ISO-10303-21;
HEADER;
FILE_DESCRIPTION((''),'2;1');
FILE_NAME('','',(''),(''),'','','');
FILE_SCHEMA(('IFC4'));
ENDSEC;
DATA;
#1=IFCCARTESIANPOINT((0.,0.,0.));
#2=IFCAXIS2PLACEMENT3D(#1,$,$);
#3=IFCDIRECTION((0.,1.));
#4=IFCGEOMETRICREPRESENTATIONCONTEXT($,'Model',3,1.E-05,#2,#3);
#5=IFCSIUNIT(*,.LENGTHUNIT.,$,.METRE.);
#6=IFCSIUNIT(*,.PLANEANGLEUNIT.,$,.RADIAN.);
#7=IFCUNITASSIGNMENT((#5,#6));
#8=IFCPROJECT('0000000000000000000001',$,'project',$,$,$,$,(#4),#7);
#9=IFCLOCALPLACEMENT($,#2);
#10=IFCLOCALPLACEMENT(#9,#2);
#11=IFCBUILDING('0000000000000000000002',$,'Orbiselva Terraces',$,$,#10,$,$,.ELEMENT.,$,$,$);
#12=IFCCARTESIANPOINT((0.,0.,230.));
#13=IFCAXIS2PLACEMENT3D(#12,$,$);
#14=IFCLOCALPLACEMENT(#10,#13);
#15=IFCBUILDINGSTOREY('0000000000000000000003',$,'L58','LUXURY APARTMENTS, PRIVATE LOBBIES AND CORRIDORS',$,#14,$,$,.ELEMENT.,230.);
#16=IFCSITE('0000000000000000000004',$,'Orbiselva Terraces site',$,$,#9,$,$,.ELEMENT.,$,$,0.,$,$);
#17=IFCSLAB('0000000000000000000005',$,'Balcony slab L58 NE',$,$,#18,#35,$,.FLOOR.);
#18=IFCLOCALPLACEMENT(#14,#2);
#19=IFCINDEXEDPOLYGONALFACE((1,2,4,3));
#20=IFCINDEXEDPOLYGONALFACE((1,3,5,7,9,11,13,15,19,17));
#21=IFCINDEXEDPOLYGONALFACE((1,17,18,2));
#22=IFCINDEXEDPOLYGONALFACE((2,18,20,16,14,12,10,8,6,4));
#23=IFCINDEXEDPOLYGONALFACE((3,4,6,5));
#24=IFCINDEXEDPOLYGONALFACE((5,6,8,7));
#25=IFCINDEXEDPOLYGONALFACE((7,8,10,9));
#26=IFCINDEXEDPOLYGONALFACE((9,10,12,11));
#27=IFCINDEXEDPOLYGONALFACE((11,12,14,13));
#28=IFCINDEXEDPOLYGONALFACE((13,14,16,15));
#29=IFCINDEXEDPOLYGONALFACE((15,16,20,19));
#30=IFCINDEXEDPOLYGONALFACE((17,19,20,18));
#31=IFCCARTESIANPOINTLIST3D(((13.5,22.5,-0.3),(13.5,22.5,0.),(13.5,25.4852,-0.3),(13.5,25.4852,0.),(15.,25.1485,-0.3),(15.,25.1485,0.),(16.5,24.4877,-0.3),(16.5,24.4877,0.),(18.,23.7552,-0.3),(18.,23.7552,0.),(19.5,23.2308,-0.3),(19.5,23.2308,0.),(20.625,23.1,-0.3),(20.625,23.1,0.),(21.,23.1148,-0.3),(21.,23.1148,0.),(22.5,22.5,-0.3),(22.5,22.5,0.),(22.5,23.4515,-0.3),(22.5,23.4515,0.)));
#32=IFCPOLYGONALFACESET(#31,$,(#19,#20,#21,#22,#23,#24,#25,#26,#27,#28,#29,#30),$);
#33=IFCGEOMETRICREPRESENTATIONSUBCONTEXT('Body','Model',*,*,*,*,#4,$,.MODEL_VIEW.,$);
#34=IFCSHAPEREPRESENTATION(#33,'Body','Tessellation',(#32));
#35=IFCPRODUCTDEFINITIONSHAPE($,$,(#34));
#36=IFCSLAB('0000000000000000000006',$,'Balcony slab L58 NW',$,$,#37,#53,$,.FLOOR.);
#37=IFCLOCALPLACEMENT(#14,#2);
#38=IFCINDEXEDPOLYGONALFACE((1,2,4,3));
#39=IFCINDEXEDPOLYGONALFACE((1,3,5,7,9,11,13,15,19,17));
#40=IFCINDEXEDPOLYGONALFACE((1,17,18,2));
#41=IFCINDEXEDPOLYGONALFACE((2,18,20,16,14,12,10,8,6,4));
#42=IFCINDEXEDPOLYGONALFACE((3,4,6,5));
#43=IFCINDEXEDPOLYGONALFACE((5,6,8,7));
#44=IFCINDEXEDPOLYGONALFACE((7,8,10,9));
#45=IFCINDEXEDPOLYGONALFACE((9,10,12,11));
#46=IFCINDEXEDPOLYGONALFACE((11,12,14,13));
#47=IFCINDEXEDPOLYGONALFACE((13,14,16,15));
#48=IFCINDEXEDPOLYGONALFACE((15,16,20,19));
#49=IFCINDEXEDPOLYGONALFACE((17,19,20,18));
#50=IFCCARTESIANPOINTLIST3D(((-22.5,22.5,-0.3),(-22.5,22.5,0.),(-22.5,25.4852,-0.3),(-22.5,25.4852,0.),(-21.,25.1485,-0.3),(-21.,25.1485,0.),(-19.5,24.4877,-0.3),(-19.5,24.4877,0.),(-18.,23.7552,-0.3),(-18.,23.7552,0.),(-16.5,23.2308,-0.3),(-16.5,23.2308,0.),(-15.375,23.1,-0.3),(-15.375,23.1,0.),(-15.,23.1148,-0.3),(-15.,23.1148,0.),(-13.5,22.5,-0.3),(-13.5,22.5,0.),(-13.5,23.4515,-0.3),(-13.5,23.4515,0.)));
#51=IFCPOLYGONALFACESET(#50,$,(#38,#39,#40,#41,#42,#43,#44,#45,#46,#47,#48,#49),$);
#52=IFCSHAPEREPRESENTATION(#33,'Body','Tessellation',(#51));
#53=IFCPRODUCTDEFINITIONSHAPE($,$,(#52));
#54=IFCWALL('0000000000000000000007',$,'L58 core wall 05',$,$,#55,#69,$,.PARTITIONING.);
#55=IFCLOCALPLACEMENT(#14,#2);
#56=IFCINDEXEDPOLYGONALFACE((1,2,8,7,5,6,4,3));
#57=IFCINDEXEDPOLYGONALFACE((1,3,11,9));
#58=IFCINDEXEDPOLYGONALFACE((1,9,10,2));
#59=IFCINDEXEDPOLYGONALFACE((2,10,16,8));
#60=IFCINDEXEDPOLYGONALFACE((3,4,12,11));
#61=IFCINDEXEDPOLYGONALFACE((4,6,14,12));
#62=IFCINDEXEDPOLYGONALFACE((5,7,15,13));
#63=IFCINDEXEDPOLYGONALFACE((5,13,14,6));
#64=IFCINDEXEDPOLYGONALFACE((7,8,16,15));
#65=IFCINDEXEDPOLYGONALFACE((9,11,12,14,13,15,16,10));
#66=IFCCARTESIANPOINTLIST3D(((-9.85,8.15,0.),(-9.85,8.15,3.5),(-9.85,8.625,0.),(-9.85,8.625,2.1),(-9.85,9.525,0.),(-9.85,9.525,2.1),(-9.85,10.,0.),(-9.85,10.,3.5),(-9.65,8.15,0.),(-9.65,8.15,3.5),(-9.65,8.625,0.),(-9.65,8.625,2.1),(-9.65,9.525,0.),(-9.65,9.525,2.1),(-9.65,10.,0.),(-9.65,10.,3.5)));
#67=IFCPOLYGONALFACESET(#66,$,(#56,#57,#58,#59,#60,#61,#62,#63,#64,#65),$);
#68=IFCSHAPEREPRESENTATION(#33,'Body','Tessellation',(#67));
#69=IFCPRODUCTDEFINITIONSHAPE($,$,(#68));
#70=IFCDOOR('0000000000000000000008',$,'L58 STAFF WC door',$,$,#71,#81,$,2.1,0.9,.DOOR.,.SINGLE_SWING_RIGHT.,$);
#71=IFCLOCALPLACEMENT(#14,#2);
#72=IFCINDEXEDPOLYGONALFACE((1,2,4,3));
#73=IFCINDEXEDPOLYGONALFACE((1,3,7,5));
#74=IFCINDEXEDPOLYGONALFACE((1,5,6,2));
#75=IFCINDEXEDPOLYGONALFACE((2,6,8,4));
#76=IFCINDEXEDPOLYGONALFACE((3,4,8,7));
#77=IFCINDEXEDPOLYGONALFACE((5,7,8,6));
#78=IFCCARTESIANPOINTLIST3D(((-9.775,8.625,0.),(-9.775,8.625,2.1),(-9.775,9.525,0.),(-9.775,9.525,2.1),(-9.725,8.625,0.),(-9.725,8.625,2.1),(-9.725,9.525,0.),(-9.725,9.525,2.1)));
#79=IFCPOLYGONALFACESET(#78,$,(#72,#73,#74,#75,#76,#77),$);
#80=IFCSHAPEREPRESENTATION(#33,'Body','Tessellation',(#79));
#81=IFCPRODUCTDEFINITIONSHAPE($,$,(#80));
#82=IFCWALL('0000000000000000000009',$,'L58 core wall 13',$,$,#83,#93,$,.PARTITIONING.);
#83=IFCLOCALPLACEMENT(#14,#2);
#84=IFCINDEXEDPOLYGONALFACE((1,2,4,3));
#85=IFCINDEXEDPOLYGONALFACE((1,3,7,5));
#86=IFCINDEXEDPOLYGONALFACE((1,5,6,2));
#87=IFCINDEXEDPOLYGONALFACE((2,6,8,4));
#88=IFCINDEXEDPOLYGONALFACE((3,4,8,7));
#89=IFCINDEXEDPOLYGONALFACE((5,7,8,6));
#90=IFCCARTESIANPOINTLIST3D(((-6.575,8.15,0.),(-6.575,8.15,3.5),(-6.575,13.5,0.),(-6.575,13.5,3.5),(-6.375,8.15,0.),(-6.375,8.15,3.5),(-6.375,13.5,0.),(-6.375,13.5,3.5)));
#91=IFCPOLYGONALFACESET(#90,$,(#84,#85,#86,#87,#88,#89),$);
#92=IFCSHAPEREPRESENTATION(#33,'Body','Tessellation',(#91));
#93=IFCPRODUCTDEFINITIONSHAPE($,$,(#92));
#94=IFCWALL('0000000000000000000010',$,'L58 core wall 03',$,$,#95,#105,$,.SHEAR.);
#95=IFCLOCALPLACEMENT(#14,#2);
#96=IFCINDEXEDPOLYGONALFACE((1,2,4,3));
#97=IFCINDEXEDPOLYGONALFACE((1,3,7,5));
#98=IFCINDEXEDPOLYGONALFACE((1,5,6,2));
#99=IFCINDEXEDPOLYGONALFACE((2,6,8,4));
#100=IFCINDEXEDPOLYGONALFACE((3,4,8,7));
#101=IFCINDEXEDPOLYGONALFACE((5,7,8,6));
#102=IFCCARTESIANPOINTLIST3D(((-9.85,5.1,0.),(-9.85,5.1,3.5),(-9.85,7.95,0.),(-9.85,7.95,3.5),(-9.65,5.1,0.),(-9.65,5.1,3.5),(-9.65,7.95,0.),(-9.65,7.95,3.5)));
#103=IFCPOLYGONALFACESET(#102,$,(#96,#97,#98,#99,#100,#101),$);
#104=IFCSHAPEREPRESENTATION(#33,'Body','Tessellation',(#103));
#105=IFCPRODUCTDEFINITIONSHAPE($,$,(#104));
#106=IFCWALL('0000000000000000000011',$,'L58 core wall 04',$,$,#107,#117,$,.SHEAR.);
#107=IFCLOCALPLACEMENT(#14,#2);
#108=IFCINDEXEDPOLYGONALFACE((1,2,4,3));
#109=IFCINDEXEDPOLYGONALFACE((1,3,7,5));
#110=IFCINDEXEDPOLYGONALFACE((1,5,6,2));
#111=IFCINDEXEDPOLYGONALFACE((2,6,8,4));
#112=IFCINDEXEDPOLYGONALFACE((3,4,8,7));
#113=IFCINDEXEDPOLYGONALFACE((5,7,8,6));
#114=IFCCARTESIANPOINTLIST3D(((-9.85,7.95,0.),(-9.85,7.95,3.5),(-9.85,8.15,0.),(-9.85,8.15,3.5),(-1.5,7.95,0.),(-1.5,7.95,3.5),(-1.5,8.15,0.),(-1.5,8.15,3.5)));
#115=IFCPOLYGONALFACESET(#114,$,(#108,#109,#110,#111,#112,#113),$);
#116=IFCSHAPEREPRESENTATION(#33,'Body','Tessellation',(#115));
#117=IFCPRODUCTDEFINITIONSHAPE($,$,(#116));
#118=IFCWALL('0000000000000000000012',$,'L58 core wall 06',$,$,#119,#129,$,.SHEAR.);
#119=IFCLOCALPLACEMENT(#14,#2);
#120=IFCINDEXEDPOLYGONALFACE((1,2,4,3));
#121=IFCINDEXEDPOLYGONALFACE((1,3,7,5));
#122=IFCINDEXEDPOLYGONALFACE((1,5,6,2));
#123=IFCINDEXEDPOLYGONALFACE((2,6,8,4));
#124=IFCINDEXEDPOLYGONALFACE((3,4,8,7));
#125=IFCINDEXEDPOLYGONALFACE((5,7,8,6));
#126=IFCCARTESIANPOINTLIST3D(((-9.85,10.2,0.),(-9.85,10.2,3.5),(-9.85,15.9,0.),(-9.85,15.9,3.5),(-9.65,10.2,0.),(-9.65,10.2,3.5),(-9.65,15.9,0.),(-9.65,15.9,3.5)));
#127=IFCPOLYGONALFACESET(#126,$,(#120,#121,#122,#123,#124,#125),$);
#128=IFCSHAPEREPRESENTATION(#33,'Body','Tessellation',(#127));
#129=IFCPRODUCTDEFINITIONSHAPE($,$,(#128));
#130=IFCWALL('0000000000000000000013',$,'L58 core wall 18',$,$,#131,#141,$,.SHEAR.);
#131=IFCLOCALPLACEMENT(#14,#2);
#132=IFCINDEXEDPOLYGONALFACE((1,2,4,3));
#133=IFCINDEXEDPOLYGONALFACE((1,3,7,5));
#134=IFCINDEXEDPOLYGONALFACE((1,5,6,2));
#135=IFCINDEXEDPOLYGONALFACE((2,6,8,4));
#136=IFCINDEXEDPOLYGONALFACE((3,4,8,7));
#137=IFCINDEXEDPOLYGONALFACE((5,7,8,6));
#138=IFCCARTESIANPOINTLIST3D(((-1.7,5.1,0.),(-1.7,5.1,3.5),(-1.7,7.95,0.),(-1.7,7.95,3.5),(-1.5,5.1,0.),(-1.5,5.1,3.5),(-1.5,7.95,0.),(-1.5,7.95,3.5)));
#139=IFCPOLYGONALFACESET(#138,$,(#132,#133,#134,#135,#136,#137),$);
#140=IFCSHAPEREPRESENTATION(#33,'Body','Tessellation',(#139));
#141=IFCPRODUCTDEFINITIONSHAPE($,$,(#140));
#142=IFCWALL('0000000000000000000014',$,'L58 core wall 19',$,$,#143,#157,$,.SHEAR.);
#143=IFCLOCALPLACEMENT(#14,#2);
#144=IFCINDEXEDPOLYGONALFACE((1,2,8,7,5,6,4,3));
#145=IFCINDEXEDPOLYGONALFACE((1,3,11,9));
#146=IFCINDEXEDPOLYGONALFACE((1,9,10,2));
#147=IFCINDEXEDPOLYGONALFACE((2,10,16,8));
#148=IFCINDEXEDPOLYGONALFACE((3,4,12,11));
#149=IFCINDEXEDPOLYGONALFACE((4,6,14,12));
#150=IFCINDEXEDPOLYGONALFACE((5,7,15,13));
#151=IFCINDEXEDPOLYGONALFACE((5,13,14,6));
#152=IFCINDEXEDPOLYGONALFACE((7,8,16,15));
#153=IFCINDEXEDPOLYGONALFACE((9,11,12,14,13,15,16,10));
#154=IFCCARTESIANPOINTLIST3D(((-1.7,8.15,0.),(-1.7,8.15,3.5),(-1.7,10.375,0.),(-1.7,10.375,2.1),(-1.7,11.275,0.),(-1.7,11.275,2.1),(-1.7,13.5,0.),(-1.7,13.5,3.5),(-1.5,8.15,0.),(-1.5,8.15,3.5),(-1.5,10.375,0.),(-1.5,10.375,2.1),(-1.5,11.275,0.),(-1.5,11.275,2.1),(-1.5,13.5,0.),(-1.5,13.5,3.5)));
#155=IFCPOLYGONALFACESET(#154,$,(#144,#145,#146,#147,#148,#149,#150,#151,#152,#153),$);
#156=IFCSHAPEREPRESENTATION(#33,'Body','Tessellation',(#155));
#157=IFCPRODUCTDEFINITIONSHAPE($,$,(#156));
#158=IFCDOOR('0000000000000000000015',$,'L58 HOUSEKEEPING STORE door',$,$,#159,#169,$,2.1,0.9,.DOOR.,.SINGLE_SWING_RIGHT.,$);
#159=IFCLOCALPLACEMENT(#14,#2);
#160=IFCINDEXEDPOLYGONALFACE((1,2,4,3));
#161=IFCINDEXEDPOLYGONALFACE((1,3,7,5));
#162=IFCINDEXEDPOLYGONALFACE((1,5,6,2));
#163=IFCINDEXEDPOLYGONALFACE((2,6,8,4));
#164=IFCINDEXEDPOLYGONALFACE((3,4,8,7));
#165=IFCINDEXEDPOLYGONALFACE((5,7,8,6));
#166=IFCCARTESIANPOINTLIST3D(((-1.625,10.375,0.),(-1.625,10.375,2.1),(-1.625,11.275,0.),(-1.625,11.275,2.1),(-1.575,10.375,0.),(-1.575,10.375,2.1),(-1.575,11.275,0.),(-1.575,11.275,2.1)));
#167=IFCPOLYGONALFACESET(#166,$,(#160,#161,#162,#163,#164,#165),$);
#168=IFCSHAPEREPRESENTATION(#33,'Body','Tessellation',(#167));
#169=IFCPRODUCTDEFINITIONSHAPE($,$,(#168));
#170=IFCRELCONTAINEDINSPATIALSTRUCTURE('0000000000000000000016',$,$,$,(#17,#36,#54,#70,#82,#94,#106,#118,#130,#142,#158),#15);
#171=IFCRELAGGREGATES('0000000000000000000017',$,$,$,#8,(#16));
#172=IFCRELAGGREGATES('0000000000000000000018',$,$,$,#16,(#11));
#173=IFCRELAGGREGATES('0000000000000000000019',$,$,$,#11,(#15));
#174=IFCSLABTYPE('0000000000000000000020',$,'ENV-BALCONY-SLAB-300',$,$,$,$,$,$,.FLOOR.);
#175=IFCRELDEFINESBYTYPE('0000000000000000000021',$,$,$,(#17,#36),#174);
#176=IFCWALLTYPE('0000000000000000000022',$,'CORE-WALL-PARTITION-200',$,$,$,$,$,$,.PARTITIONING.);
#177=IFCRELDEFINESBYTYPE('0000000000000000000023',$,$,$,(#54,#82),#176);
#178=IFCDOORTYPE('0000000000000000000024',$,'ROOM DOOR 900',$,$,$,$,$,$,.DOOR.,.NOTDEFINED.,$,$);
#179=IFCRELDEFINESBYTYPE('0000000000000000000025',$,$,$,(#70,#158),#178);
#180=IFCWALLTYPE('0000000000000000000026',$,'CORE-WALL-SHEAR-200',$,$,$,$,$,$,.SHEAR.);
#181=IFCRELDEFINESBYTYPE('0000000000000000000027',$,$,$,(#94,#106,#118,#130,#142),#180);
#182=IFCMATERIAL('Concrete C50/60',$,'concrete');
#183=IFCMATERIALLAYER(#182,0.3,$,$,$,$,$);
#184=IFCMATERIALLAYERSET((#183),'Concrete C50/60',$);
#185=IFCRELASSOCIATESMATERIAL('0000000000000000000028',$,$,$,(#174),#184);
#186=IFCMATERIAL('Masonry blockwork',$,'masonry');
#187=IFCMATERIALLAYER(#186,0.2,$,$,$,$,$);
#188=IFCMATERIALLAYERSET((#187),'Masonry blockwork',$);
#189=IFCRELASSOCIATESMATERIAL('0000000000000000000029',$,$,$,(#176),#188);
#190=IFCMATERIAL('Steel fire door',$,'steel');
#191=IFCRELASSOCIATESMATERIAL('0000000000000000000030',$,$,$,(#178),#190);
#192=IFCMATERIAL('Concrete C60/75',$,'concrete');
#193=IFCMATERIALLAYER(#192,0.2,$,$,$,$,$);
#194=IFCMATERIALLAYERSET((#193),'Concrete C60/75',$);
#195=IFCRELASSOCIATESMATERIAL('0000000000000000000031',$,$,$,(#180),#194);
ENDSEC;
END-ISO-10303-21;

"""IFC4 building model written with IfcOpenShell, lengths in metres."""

from ifc_helpers import new_model, si_unit, direction, frame, frame_2d, origin, place, context, subcontext, project, spatial, polyline, rectangle, outline, extrude, material, layer, layer_set, type_object, element, fill, save


model = new_model("IFC4")

# Units and contexts
model_context = context("Model", 3, precision=1e-05, world=origin(), true_north=direction((0.0, 1.0)))
body_context = subcontext(model_context, "Body", "Model", "MODEL_VIEW")
ifc_project = project(units=[si_unit("LENGTHUNIT", "METRE"), si_unit("PLANEANGLEUNIT", "RADIAN")], contexts=[model_context])

# Site, building, storey
site_placement = place(None, origin())
site = spatial("IfcSite", under=ifc_project, at=site_placement, Name="Orbiselva Terraces site", CompositionType="ELEMENT", RefElevation=0.0)
building_placement = place(site_placement, origin())
building = spatial("IfcBuilding", under=site, at=building_placement, Name="Orbiselva Terraces", CompositionType="ELEMENT")
storey_placement = place(building_placement, frame((0.0, 0.0, 230.0)))
storey = spatial("IfcBuildingStorey", under=building, at=storey_placement, Name="L58", Description="LUXURY APARTMENTS, PRIVATE LOBBIES AND CORRIDORS", CompositionType="ELEMENT", Elevation=230.0)

# Slabs
ifc_material_1 = material(Name="Concrete C50/60", Category="concrete")
ifc_layer_1 = layer(ifc_material_1, 0.3)
ifc_layer_set_1 = layer_set([ifc_layer_1], Name="Concrete C50/60")
slab_type = type_object("IfcSlabType", Name="ENV-BALCONY-SLAB-300", PredefinedType="FLOOR", material=ifc_layer_set_1)
slab_1_placement = place(storey_placement, frame((0.0, 0.0, -0.3)))
element("IfcSlab", 1, at=slab_1_placement, inside=storey, type_object=slab_type, Name="Balcony slab L58 NE", PredefinedType="FLOOR", context=body_context, shape_type="SweptSolid", body=[
    extrude(outline(polyline([(22.5, 23.4515), (21.0, 23.1148), (20.625, 23.1), (19.5, 23.2308), (18.0, 23.7552), (16.5, 24.4877), (15.0, 25.1485), (13.5, 25.4852), (13.5, 22.5), (22.5, 22.5), (22.5, 23.4515)])), origin(), (0.0, 0.0, 1.0), 0.3),
])
slab_2_placement = place(storey_placement, frame((0.0, 0.0, -0.3)))
element("IfcSlab", 2, at=slab_2_placement, inside=storey, type_object=slab_type, Name="Balcony slab L58 NW", PredefinedType="FLOOR", context=body_context, shape_type="SweptSolid", body=[
    extrude(outline(polyline([(-13.5, 23.4515), (-15.0, 23.1148), (-15.375, 23.1), (-16.5, 23.2308), (-18.0, 23.7552), (-19.5, 24.4877), (-21.0, 25.1485), (-22.5, 25.4852), (-22.5, 22.5), (-13.5, 22.5), (-13.5, 23.4515)])), origin(), (0.0, 0.0, 1.0), 0.3),
])

# Wall, opening, door
ifc_material_2 = material(Name="Masonry blockwork", Category="masonry")
ifc_layer_2 = layer(ifc_material_2, 0.2)
ifc_layer_set_2 = layer_set([ifc_layer_2], Name="Masonry blockwork")
wall_type_1 = type_object("IfcWallType", Name="CORE-WALL-PARTITION-200", PredefinedType="PARTITIONING", material=ifc_layer_set_2)
wall_1_placement = place(storey_placement, frame((-9.75, 8.15, 0.0), z_axis=(0.0, 0.0, 1.0), x_axis=(0.0, 1.0, 0.0)))
wall_1 = element("IfcWall", 3, at=wall_1_placement, inside=storey, type_object=wall_type_1, Name="L58 core wall 05", PredefinedType="PARTITIONING", context=body_context, shape_type="SweptSolid", body=[
    extrude(rectangle(XDim=1.85, YDim=0.2, at=frame_2d((0.925, 0.0))), origin(), (0.0, 0.0, 1.0), 3.5),
])
opening_1_placement = place(wall_1_placement, frame((0.475, 0.0, 0.0)))
opening_1 = element("IfcOpeningElement", 4, at=opening_1_placement, cuts=wall_1, PredefinedType="OPENING", context=body_context, shape_type="SweptSolid", body=[
    extrude(rectangle(XDim=0.9, YDim=2.1, at=frame_2d((0.45, 1.05))), frame((0.0, 0.11, 0.0), z_axis=(0.0, -1.0, 0.0), x_axis=(1.0, 0.0, 0.0)), (0.0, 0.0, 1.0), 0.22),
])
ifc_material_3 = material(Name="Steel fire door", Category="steel")
door_type = type_object("IfcDoorType", Name="ROOM DOOR 900", OperationType="NOTDEFINED", PredefinedType="DOOR", material=ifc_material_3)
door_1_placement = place(opening_1_placement, origin())
door_1 = element("IfcDoor", 5, at=door_1_placement, inside=storey, type_object=door_type, Name="L58 STAFF WC door", OperationType="SINGLE_SWING_RIGHT", OverallHeight=2.1, OverallWidth=0.9, PredefinedType="DOOR", context=body_context, shape_type="SweptSolid", body=[
    extrude(rectangle(XDim=0.9, YDim=2.1, at=frame_2d((0.45, 1.05))), frame((0.0, 0.025, 0.0), z_axis=(0.0, -1.0, 0.0), x_axis=(1.0, 0.0, 0.0)), (0.0, 0.0, 1.0), 0.05),
])
fill(opening_1, door_1)

# Walls
wall_2_placement = place(storey_placement, frame((-6.475, 8.15, 0.0), z_axis=(0.0, 0.0, 1.0), x_axis=(0.0, 1.0, 0.0)))
element("IfcWall", 6, at=wall_2_placement, inside=storey, type_object=wall_type_1, Name="L58 core wall 13", PredefinedType="PARTITIONING", context=body_context, shape_type="SweptSolid", body=[
    extrude(rectangle(XDim=5.35, YDim=0.2, at=frame_2d((2.675, 0.0))), origin(), (0.0, 0.0, 1.0), 3.5),
])
ifc_material_4 = material(Name="Concrete C60/75", Category="concrete")
ifc_layer_3 = layer(ifc_material_4, 0.2)
ifc_layer_set_3 = layer_set([ifc_layer_3], Name="Concrete C60/75")
wall_type_2 = type_object("IfcWallType", Name="CORE-WALL-SHEAR-200", PredefinedType="SHEAR", material=ifc_layer_set_3)
wall_3_placement = place(storey_placement, frame((-9.75, 5.1, 0.0), z_axis=(0.0, 0.0, 1.0), x_axis=(0.0, 1.0, 0.0)))
element("IfcWall", 7, at=wall_3_placement, inside=storey, type_object=wall_type_2, Name="L58 core wall 03", PredefinedType="SHEAR", context=body_context, shape_type="SweptSolid", body=[
    extrude(rectangle(XDim=2.85, YDim=0.2, at=frame_2d((1.425, 0.0))), origin(), (0.0, 0.0, 1.0), 3.5),
])
wall_4_placement = place(storey_placement, frame((-9.85, 8.05, 0.0), z_axis=(0.0, 0.0, 1.0), x_axis=(1.0, 0.0, 0.0)))
element("IfcWall", 8, at=wall_4_placement, inside=storey, type_object=wall_type_2, Name="L58 core wall 04", PredefinedType="SHEAR", context=body_context, shape_type="SweptSolid", body=[
    extrude(rectangle(XDim=8.35, YDim=0.2, at=frame_2d((4.175, 0.0))), origin(), (0.0, 0.0, 1.0), 3.5),
])
wall_5_placement = place(storey_placement, frame((-9.75, 10.2, 0.0), z_axis=(0.0, 0.0, 1.0), x_axis=(0.0, 1.0, 0.0)))
element("IfcWall", 9, at=wall_5_placement, inside=storey, type_object=wall_type_2, Name="L58 core wall 06", PredefinedType="SHEAR", context=body_context, shape_type="SweptSolid", body=[
    extrude(rectangle(XDim=5.7, YDim=0.2, at=frame_2d((2.85, 0.0))), origin(), (0.0, 0.0, 1.0), 3.5),
])
wall_6_placement = place(storey_placement, frame((-1.6, 5.1, 0.0), z_axis=(0.0, 0.0, 1.0), x_axis=(0.0, 1.0, 0.0)))
element("IfcWall", 10, at=wall_6_placement, inside=storey, type_object=wall_type_2, Name="L58 core wall 18", PredefinedType="SHEAR", context=body_context, shape_type="SweptSolid", body=[
    extrude(rectangle(XDim=2.85, YDim=0.2, at=frame_2d((1.425, 0.0))), origin(), (0.0, 0.0, 1.0), 3.5),
])

# Wall, opening, door
wall_7_placement = place(storey_placement, frame((-1.6, 8.15, 0.0), z_axis=(0.0, 0.0, 1.0), x_axis=(0.0, 1.0, 0.0)))
wall_7 = element("IfcWall", 11, at=wall_7_placement, inside=storey, type_object=wall_type_2, Name="L58 core wall 19", PredefinedType="SHEAR", context=body_context, shape_type="SweptSolid", body=[
    extrude(rectangle(XDim=5.35, YDim=0.2, at=frame_2d((2.675, 0.0))), origin(), (0.0, 0.0, 1.0), 3.5),
])
opening_2_placement = place(wall_7_placement, frame((2.225, 0.0, 0.0)))
opening_2 = element("IfcOpeningElement", 12, at=opening_2_placement, cuts=wall_7, PredefinedType="OPENING", context=body_context, shape_type="SweptSolid", body=[
    extrude(rectangle(XDim=0.9, YDim=2.1, at=frame_2d((0.45, 1.05))), frame((0.0, 0.11, 0.0), z_axis=(0.0, -1.0, 0.0), x_axis=(1.0, 0.0, 0.0)), (0.0, 0.0, 1.0), 0.22),
])
door_2_placement = place(opening_2_placement, origin())
door_2 = element("IfcDoor", 13, at=door_2_placement, inside=storey, type_object=door_type, Name="L58 HOUSEKEEPING STORE door", OperationType="SINGLE_SWING_RIGHT", OverallHeight=2.1, OverallWidth=0.9, PredefinedType="DOOR", context=body_context, shape_type="SweptSolid", body=[
    extrude(rectangle(XDim=0.9, YDim=2.1, at=frame_2d((0.45, 1.05))), frame((0.0, 0.025, 0.0), z_axis=(0.0, -1.0, 0.0), x_axis=(1.0, 0.0, 0.0)), (0.0, 0.0, 1.0), 0.05),
])
fill(opening_2, door_2)

save(model, "model.ifc")
